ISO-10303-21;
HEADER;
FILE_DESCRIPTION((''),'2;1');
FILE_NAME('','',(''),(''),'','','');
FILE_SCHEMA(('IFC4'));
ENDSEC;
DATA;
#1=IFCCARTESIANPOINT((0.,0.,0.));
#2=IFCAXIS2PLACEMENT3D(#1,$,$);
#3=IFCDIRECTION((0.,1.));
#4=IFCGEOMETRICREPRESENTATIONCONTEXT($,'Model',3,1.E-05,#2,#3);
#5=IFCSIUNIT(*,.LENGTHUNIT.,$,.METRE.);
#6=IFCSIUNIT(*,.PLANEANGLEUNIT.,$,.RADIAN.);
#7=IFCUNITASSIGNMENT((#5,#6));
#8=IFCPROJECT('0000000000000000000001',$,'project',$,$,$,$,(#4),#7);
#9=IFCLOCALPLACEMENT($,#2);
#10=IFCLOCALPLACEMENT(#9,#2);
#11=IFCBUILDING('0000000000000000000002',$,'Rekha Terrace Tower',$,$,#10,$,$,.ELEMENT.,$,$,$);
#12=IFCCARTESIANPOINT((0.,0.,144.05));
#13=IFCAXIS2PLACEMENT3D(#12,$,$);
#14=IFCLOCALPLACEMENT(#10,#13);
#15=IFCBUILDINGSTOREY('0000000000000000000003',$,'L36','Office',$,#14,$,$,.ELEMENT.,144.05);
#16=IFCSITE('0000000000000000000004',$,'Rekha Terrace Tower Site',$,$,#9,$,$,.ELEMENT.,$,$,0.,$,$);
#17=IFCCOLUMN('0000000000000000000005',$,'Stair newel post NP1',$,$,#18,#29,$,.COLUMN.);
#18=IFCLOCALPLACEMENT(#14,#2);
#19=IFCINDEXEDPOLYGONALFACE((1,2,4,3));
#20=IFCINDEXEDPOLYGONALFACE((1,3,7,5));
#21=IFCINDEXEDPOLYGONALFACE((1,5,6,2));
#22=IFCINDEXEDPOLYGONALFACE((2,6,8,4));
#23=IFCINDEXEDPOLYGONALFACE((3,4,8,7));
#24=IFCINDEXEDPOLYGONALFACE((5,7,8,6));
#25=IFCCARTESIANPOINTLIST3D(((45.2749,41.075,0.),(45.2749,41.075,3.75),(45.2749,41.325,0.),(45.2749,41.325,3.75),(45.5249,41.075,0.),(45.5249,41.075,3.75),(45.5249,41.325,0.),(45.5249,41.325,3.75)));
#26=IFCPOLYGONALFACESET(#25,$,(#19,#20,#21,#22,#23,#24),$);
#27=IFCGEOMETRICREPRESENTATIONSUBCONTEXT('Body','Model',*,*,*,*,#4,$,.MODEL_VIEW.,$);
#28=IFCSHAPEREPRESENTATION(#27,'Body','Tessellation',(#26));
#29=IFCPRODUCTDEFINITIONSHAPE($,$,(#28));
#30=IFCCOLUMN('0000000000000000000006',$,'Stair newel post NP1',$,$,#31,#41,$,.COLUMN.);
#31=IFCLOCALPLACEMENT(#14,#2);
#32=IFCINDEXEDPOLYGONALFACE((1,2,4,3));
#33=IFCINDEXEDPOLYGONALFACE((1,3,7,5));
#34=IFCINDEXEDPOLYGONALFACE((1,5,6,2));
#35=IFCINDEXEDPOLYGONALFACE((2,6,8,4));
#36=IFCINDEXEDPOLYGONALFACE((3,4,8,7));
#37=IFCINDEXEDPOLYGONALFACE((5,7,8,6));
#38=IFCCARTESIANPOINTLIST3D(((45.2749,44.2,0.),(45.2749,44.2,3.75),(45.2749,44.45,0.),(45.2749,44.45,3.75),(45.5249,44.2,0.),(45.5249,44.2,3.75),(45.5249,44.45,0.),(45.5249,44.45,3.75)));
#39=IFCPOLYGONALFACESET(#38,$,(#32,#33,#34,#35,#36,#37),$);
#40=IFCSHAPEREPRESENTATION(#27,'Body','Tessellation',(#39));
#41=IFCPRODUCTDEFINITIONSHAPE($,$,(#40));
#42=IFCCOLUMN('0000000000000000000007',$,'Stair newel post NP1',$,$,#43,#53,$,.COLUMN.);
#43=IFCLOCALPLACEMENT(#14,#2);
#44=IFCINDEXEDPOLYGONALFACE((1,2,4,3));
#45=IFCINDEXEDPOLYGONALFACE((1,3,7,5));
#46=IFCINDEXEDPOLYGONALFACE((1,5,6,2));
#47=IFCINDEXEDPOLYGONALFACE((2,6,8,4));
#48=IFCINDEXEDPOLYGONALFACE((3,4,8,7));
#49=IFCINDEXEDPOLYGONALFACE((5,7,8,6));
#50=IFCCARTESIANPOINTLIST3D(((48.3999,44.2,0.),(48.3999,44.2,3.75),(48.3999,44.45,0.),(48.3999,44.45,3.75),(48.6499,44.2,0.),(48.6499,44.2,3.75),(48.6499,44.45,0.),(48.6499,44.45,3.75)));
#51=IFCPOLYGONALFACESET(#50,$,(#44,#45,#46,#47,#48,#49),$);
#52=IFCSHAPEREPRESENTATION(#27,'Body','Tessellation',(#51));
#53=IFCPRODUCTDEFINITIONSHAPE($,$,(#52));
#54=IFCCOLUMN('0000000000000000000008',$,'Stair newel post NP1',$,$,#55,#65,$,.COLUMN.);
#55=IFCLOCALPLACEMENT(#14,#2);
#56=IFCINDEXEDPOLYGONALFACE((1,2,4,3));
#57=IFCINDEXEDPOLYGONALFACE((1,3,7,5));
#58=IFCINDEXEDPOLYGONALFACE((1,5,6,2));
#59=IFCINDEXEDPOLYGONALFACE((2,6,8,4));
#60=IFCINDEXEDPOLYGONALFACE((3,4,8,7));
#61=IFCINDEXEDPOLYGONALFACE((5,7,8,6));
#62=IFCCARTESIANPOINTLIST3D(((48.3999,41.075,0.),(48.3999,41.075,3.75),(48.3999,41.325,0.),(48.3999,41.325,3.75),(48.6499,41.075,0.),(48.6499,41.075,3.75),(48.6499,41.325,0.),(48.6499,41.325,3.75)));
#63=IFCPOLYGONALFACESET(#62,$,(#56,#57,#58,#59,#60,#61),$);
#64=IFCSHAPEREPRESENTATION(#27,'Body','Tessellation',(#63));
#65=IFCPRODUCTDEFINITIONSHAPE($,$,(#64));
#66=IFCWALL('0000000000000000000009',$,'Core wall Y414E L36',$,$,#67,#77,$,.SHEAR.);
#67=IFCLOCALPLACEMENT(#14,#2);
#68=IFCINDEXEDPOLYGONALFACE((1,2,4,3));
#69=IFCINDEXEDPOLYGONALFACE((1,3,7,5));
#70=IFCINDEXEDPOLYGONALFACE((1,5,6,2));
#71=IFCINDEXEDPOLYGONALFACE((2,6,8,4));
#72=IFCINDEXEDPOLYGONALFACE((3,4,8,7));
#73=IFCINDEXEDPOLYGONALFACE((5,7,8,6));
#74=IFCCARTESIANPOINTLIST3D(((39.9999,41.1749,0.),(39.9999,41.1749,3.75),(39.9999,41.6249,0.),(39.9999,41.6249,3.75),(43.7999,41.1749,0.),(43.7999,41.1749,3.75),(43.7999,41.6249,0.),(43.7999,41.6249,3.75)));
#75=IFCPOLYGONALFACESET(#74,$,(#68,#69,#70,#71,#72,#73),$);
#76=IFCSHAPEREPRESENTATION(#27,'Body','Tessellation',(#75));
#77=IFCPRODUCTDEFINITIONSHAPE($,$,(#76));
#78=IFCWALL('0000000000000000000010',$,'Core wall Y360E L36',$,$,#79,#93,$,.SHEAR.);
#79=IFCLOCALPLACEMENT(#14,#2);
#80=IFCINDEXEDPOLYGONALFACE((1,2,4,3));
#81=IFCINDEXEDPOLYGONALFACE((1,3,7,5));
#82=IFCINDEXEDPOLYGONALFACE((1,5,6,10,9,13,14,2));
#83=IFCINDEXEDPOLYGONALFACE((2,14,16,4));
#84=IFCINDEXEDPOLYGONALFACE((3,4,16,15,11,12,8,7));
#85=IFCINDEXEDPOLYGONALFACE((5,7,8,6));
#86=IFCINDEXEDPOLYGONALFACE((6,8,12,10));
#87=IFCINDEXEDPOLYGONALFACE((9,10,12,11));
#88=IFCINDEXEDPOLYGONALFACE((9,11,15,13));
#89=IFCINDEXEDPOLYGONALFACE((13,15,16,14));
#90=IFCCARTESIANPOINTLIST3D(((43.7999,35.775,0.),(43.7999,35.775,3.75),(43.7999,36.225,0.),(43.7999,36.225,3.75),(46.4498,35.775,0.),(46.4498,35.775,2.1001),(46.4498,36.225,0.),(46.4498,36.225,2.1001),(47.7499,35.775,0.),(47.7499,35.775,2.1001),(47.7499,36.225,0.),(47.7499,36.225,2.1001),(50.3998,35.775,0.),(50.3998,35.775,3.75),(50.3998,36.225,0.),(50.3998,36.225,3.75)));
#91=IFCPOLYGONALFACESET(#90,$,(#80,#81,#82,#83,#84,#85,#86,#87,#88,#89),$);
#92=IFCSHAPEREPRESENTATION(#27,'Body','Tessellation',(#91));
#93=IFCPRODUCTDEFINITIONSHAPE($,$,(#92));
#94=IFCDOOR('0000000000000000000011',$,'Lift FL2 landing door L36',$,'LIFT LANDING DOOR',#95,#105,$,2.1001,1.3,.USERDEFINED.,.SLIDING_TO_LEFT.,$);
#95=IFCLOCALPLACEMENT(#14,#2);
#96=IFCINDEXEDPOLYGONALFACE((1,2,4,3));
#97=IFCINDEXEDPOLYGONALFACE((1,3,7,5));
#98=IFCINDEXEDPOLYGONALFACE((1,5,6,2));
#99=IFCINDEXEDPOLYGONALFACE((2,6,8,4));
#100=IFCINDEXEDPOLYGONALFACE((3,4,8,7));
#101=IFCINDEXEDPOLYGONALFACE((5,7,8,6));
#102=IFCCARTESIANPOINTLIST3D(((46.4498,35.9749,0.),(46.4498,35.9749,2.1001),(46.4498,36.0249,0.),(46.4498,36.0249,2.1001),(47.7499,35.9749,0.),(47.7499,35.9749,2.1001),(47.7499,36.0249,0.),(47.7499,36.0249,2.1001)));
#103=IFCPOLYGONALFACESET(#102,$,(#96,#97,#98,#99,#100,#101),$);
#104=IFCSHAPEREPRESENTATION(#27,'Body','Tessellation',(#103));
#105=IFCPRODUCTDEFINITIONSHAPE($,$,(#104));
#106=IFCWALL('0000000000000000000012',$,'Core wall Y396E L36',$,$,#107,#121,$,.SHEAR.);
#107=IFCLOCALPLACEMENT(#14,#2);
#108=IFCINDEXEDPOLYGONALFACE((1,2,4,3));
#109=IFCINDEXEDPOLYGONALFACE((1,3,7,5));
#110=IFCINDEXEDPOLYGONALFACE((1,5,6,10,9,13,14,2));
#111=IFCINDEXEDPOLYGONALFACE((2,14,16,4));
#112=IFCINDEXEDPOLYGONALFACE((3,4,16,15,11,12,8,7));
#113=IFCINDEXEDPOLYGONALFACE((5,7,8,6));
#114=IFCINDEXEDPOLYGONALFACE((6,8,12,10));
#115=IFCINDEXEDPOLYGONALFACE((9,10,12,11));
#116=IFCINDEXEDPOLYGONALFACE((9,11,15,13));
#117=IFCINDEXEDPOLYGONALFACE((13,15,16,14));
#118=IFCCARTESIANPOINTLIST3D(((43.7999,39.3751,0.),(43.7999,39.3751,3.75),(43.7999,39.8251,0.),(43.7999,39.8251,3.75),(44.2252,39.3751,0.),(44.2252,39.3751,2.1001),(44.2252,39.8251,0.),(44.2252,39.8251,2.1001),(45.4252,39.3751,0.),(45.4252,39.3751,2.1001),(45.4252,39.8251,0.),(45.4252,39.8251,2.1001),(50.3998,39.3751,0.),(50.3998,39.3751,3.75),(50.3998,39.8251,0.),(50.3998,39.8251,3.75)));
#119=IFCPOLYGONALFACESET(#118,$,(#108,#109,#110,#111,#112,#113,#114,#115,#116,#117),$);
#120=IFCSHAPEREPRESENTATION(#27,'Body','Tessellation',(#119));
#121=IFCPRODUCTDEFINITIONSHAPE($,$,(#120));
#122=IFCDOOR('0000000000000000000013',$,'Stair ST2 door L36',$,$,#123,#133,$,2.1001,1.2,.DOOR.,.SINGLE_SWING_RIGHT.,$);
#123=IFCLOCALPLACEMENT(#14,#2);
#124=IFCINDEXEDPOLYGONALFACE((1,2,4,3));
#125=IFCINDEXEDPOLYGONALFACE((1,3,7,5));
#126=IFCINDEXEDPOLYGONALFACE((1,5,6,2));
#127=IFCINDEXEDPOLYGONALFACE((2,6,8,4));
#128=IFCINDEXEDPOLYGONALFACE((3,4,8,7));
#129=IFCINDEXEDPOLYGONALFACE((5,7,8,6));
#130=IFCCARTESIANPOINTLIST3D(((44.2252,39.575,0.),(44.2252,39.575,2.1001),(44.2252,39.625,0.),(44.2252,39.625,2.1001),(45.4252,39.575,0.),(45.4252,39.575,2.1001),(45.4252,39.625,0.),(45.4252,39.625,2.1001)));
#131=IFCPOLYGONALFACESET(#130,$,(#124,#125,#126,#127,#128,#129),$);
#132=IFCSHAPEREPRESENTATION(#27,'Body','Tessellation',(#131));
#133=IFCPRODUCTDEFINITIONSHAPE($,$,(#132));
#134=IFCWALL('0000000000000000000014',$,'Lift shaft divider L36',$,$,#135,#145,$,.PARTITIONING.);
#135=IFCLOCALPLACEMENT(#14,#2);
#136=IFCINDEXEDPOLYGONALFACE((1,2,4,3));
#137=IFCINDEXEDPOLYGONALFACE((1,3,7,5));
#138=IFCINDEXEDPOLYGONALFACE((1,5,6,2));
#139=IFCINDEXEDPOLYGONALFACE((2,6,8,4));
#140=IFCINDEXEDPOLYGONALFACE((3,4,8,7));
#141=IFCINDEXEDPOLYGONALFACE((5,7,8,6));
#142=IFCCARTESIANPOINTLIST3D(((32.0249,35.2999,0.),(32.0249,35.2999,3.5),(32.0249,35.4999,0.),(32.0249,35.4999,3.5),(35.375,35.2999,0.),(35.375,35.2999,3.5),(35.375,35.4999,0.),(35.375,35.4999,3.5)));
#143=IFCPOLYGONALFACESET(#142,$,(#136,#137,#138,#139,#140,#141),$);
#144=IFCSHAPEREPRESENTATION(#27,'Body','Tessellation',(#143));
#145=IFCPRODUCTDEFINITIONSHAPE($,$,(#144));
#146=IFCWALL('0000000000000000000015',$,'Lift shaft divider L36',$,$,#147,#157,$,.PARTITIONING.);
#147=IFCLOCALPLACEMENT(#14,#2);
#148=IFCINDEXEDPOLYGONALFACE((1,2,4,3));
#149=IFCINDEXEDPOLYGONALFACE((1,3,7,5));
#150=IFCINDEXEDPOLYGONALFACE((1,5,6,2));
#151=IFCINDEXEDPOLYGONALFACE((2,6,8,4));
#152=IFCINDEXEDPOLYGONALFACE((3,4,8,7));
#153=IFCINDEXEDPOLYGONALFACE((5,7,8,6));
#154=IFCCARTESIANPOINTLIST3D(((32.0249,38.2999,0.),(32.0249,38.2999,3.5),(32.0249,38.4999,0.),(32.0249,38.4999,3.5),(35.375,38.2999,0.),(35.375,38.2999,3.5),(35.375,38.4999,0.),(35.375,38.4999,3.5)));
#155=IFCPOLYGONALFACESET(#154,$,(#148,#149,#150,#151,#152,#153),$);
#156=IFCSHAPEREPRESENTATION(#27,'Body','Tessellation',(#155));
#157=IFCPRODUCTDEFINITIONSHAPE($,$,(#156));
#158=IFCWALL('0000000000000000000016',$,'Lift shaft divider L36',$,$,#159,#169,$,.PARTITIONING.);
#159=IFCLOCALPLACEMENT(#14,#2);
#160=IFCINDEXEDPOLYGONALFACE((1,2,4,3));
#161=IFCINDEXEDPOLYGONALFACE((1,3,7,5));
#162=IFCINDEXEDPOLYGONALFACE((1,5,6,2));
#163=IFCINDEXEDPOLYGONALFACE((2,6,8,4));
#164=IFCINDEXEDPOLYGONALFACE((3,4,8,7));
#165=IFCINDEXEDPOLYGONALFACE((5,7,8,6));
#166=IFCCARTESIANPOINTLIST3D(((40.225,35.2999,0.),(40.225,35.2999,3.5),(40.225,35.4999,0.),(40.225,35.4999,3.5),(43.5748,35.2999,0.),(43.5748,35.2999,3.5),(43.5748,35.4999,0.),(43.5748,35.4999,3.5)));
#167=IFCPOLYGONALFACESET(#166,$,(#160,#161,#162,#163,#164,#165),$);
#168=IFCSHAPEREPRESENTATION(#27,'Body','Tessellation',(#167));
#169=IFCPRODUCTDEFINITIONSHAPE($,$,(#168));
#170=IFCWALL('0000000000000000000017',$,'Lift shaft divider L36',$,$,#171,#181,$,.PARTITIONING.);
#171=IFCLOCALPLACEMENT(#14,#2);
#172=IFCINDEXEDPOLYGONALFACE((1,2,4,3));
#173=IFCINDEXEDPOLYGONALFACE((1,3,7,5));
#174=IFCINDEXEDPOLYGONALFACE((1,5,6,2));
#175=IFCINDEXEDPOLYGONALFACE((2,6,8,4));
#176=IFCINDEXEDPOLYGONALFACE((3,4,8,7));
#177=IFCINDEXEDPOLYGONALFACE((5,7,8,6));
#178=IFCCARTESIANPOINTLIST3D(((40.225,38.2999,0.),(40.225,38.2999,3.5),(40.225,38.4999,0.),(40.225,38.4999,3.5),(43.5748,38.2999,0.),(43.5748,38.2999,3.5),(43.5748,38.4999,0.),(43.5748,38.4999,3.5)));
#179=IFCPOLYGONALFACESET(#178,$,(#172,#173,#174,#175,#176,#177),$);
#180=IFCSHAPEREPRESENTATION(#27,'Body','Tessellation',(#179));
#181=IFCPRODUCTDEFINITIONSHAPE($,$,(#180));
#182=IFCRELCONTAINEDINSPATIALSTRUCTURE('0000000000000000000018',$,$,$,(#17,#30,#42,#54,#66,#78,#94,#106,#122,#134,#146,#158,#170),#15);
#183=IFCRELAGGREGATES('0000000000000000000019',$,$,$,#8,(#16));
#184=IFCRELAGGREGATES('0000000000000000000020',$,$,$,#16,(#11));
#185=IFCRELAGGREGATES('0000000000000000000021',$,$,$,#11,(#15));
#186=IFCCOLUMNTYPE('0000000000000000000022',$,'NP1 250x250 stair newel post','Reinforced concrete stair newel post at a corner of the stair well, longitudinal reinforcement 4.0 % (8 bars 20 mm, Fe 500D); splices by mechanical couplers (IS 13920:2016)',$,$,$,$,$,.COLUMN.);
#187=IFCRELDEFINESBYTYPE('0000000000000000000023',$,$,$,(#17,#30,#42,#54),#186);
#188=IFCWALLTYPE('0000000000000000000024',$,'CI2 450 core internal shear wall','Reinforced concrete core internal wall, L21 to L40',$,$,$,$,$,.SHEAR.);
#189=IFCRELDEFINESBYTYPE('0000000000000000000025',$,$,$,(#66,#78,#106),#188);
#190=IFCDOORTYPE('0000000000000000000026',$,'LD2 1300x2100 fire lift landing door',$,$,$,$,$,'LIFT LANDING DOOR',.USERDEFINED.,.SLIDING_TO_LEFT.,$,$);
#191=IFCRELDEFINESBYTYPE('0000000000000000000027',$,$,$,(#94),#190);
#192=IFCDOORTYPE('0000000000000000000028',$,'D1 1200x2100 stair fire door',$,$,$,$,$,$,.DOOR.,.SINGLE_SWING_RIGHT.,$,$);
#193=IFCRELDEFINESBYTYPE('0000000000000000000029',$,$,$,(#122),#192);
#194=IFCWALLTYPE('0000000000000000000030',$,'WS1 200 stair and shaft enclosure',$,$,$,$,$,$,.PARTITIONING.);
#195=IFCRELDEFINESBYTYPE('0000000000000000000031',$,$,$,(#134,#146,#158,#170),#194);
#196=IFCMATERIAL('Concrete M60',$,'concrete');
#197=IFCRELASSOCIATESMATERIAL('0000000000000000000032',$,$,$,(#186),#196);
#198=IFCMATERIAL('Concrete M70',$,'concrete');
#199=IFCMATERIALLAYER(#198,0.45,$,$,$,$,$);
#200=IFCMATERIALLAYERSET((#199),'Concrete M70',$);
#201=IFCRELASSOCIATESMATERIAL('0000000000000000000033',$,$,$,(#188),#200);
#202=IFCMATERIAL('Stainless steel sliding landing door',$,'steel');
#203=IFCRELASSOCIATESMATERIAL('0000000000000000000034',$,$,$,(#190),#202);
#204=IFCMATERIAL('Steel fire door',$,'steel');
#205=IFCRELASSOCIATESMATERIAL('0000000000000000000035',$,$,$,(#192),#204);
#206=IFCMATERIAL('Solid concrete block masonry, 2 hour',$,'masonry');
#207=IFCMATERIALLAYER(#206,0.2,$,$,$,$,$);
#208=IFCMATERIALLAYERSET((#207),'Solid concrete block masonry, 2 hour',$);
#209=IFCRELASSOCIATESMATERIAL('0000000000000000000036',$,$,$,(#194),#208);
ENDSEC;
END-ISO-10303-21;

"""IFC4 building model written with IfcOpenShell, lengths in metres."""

from ifc_helpers import new_model, si_unit, direction, frame, frame_2d, origin, origin_2d, place, context, subcontext, project, spatial, rectangle, extrude, material, layer, layer_set, material_profile, profile_set, type_object, element, fill, save


model = new_model("IFC4")

# Units and contexts
model_context = context("Model", 3, precision=1e-05, world=origin(), true_north=direction((0.0, 1.0)))
body_context = subcontext(model_context, "Body", "Model", "MODEL_VIEW")
ifc_project = project(units=[si_unit("LENGTHUNIT", "METRE"), si_unit("PLANEANGLEUNIT", "RADIAN")], contexts=[model_context])

# Site, building, storey
site_placement = place(None, origin())
site = spatial("IfcSite", under=ifc_project, at=site_placement, Name="Rekha Terrace Tower Site", CompositionType="ELEMENT", RefElevation=0.0)
building_placement = place(site_placement, origin())
building = spatial("IfcBuilding", under=site, at=building_placement, Name="Rekha Terrace Tower", CompositionType="ELEMENT")
storey_placement = place(building_placement, frame((0.0, 0.0, 144.05)))
storey = spatial("IfcBuildingStorey", under=building, at=storey_placement, Name="L36", Description="Office", CompositionType="ELEMENT", Elevation=144.05)

# Columns
ifc_material_1 = material(Name="Concrete M60", Category="concrete")
ifc_material_profile = material_profile(ifc_material_1, rectangle(XDim=0.25, YDim=0.25, at=origin_2d()), Name="RC 250x250")
ifc_profile_set = profile_set([ifc_material_profile], Name="Concrete M60")
column_type = type_object("IfcColumnType", Name="NP1 250x250 stair newel post", Description="Reinforced concrete stair newel post at a corner of the stair well, longitudinal reinforcement 4.0 % (8 bars 20 mm, Fe 500D); splices by mechanical couplers (IS 13920:2016)", PredefinedType="COLUMN", material=ifc_profile_set)
for number, where, z_axis, x_axis, name in (
    (1, (45.3999, 41.2, 0.0), (0.0, 0.0, 1.0), (1.0, 0.0, 0.0), "Stair newel post NP1"),
    (2, (45.3999, 44.325, 0.0), (0.0, 0.0, 1.0), (1.0, 0.0, 0.0), "Stair newel post NP1"),
    (3, (48.5249, 44.325, 0.0), (0.0, 0.0, 1.0), (1.0, 0.0, 0.0), "Stair newel post NP1"),
    (4, (48.5249, 41.2, 0.0), (0.0, 0.0, 1.0), (1.0, 0.0, 0.0), "Stair newel post NP1"),
):
    element("IfcColumn", number, at=place(storey_placement, frame(where, z_axis=z_axis, x_axis=x_axis)), inside=storey, type_object=column_type, Name=name, PredefinedType="COLUMN", context=body_context, shape_type="SweptSolid", body=[
        extrude(rectangle(XDim=0.25, YDim=0.25, at=origin_2d()), origin(), (0.0, 0.0, 1.0), 3.75),
    ])

# Wall
ifc_material_2 = material(Name="Concrete M70", Category="concrete")
ifc_layer_1 = layer(ifc_material_2, 0.45)
ifc_layer_set_1 = layer_set([ifc_layer_1], Name="Concrete M70")
wall_type_1 = type_object("IfcWallType", Name="CI2 450 core internal shear wall", Description="Reinforced concrete core internal wall, L21 to L40", PredefinedType="SHEAR", material=ifc_layer_set_1)
wall_1_placement = place(storey_placement, frame((40.0, 41.3999, 0.0), z_axis=(0.0, 0.0, 1.0), x_axis=(1.0, 0.0, 0.0)))
element("IfcWall", 5, at=wall_1_placement, inside=storey, type_object=wall_type_1, Name="Core wall Y414E L36", PredefinedType="SHEAR", context=body_context, shape_type="SweptSolid", body=[
    extrude(rectangle(XDim=3.8, YDim=0.45, at=frame_2d((1.8999, 0.0))), origin(), (0.0, 0.0, 1.0), 3.75),
])

# Walls, openings, doors
wall_2_placement = place(storey_placement, frame((43.8, 36.0, 0.0), z_axis=(0.0, 0.0, 1.0), x_axis=(1.0, 0.0, 0.0)))
wall_2 = element("IfcWall", 6, at=wall_2_placement, inside=storey, type_object=wall_type_1, Name="Core wall Y360E L36", PredefinedType="SHEAR", context=body_context, shape_type="SweptSolid", body=[
    extrude(rectangle(XDim=6.5999, YDim=0.45, at=frame_2d((3.2998, 0.0))), origin(), (0.0, 0.0, 1.0), 3.75),
])
opening_1_placement = place(wall_2_placement, frame((2.6499, 0.0, 0.0)))
opening_1 = element("IfcOpeningElement", 7, at=opening_1_placement, cuts=wall_2, PredefinedType="OPENING", context=body_context, shape_type="SweptSolid", body=[
    extrude(rectangle(XDim=1.3, YDim=2.1001, at=frame_2d((0.6499, 1.05))), frame((0.0, 0.2349, 0.0), z_axis=(0.0, -1.0, 0.0), x_axis=(1.0, 0.0, 0.0)), (0.0, 0.0, 1.0), 0.47),
])
ifc_material_3 = material(Name="Stainless steel sliding landing door", Category="steel")
door_type_1 = type_object("IfcDoorType", Name="LD2 1300x2100 fire lift landing door", ElementType="LIFT LANDING DOOR", OperationType="SLIDING_TO_LEFT", PredefinedType="USERDEFINED", material=ifc_material_3)
door_1_placement = place(opening_1_placement, origin())
door_1 = element("IfcDoor", 8, at=door_1_placement, inside=storey, type_object=door_type_1, Name="Lift FL2 landing door L36", ObjectType="LIFT LANDING DOOR", OperationType="SLIDING_TO_LEFT", OverallHeight=2.1001, OverallWidth=1.3, PredefinedType="USERDEFINED", context=body_context, shape_type="SweptSolid", body=[
    extrude(rectangle(XDim=1.3, YDim=2.1001, at=frame_2d((0.6499, 1.05))), frame((0.0, 0.0249, 0.0), z_axis=(0.0, -1.0, 0.0), x_axis=(1.0, 0.0, 0.0)), (0.0, 0.0, 1.0), 0.05),
])
fill(opening_1, door_1)
wall_3_placement = place(storey_placement, frame((43.8, 39.6001, 0.0), z_axis=(0.0, 0.0, 1.0), x_axis=(1.0, 0.0, 0.0)))
wall_3 = element("IfcWall", 9, at=wall_3_placement, inside=storey, type_object=wall_type_1, Name="Core wall Y396E L36", PredefinedType="SHEAR", context=body_context, shape_type="SweptSolid", body=[
    extrude(rectangle(XDim=6.5999, YDim=0.45, at=frame_2d((3.2998, 0.0))), origin(), (0.0, 0.0, 1.0), 3.75),
])
opening_2_placement = place(wall_3_placement, frame((0.425, 0.0, 0.0)))
opening_2 = element("IfcOpeningElement", 10, at=opening_2_placement, cuts=wall_3, PredefinedType="OPENING", context=body_context, shape_type="SweptSolid", body=[
    extrude(rectangle(XDim=1.2, YDim=2.1001, at=frame_2d((0.6001, 1.05))), frame((0.0, 0.2349, 0.0), z_axis=(0.0, -1.0, 0.0), x_axis=(1.0, 0.0, 0.0)), (0.0, 0.0, 1.0), 0.47),
])
ifc_material_4 = material(Name="Steel fire door", Category="steel")
door_type_2 = type_object("IfcDoorType", Name="D1 1200x2100 stair fire door", OperationType="SINGLE_SWING_RIGHT", PredefinedType="DOOR", material=ifc_material_4)
door_2_placement = place(opening_2_placement, origin())
door_2 = element("IfcDoor", 11, at=door_2_placement, inside=storey, type_object=door_type_2, Name="Stair ST2 door L36", OperationType="SINGLE_SWING_RIGHT", OverallHeight=2.1001, OverallWidth=1.2, PredefinedType="DOOR", context=body_context, shape_type="SweptSolid", body=[
    extrude(rectangle(XDim=1.2, YDim=2.1001, at=frame_2d((0.6001, 1.05))), frame((0.0, 0.0249, 0.0), z_axis=(0.0, -1.0, 0.0), x_axis=(1.0, 0.0, 0.0)), (0.0, 0.0, 1.0), 0.05),
])
fill(opening_2, door_2)

# Walls
ifc_material_5 = material(Name="Solid concrete block masonry, 2 hour", Category="masonry")
ifc_layer_2 = layer(ifc_material_5, 0.2)
ifc_layer_set_2 = layer_set([ifc_layer_2], Name="Solid concrete block masonry, 2 hour")
wall_type_2 = type_object("IfcWallType", Name="WS1 200 stair and shaft enclosure", PredefinedType="PARTITIONING", material=ifc_layer_set_2)
for number, where, z_axis, x_axis, name in (
    (12, (32.0249, 35.3999, 0.0), (0.0, 0.0, 1.0), (1.0, 0.0, 0.0), "Lift shaft divider L36"),
    (13, (32.0249, 38.3999, 0.0), (0.0, 0.0, 1.0), (1.0, 0.0, 0.0), "Lift shaft divider L36"),
):
    element("IfcWall", number, at=place(storey_placement, frame(where, z_axis=z_axis, x_axis=x_axis)), inside=storey, type_object=wall_type_2, Name=name, PredefinedType="PARTITIONING", context=body_context, shape_type="SweptSolid", body=[
        extrude(rectangle(XDim=3.3501, YDim=0.2, at=frame_2d((1.675, 0.0))), origin(), (0.0, 0.0, 1.0), 3.5),
    ])
for number, where, z_axis, x_axis, name in (
    (14, (40.2251, 35.3999, 0.0), (0.0, 0.0, 1.0), (1.0, 0.0, 0.0), "Lift shaft divider L36"),
    (15, (40.2251, 38.3999, 0.0), (0.0, 0.0, 1.0), (1.0, 0.0, 0.0), "Lift shaft divider L36"),
):
    element("IfcWall", number, at=place(storey_placement, frame(where, z_axis=z_axis, x_axis=x_axis)), inside=storey, type_object=wall_type_2, Name=name, PredefinedType="PARTITIONING", context=body_context, shape_type="SweptSolid", body=[
        extrude(rectangle(XDim=3.3499, YDim=0.2, at=frame_2d((1.6748, 0.0))), origin(), (0.0, 0.0, 1.0), 3.5),
    ])

save(model, "model.ifc")
